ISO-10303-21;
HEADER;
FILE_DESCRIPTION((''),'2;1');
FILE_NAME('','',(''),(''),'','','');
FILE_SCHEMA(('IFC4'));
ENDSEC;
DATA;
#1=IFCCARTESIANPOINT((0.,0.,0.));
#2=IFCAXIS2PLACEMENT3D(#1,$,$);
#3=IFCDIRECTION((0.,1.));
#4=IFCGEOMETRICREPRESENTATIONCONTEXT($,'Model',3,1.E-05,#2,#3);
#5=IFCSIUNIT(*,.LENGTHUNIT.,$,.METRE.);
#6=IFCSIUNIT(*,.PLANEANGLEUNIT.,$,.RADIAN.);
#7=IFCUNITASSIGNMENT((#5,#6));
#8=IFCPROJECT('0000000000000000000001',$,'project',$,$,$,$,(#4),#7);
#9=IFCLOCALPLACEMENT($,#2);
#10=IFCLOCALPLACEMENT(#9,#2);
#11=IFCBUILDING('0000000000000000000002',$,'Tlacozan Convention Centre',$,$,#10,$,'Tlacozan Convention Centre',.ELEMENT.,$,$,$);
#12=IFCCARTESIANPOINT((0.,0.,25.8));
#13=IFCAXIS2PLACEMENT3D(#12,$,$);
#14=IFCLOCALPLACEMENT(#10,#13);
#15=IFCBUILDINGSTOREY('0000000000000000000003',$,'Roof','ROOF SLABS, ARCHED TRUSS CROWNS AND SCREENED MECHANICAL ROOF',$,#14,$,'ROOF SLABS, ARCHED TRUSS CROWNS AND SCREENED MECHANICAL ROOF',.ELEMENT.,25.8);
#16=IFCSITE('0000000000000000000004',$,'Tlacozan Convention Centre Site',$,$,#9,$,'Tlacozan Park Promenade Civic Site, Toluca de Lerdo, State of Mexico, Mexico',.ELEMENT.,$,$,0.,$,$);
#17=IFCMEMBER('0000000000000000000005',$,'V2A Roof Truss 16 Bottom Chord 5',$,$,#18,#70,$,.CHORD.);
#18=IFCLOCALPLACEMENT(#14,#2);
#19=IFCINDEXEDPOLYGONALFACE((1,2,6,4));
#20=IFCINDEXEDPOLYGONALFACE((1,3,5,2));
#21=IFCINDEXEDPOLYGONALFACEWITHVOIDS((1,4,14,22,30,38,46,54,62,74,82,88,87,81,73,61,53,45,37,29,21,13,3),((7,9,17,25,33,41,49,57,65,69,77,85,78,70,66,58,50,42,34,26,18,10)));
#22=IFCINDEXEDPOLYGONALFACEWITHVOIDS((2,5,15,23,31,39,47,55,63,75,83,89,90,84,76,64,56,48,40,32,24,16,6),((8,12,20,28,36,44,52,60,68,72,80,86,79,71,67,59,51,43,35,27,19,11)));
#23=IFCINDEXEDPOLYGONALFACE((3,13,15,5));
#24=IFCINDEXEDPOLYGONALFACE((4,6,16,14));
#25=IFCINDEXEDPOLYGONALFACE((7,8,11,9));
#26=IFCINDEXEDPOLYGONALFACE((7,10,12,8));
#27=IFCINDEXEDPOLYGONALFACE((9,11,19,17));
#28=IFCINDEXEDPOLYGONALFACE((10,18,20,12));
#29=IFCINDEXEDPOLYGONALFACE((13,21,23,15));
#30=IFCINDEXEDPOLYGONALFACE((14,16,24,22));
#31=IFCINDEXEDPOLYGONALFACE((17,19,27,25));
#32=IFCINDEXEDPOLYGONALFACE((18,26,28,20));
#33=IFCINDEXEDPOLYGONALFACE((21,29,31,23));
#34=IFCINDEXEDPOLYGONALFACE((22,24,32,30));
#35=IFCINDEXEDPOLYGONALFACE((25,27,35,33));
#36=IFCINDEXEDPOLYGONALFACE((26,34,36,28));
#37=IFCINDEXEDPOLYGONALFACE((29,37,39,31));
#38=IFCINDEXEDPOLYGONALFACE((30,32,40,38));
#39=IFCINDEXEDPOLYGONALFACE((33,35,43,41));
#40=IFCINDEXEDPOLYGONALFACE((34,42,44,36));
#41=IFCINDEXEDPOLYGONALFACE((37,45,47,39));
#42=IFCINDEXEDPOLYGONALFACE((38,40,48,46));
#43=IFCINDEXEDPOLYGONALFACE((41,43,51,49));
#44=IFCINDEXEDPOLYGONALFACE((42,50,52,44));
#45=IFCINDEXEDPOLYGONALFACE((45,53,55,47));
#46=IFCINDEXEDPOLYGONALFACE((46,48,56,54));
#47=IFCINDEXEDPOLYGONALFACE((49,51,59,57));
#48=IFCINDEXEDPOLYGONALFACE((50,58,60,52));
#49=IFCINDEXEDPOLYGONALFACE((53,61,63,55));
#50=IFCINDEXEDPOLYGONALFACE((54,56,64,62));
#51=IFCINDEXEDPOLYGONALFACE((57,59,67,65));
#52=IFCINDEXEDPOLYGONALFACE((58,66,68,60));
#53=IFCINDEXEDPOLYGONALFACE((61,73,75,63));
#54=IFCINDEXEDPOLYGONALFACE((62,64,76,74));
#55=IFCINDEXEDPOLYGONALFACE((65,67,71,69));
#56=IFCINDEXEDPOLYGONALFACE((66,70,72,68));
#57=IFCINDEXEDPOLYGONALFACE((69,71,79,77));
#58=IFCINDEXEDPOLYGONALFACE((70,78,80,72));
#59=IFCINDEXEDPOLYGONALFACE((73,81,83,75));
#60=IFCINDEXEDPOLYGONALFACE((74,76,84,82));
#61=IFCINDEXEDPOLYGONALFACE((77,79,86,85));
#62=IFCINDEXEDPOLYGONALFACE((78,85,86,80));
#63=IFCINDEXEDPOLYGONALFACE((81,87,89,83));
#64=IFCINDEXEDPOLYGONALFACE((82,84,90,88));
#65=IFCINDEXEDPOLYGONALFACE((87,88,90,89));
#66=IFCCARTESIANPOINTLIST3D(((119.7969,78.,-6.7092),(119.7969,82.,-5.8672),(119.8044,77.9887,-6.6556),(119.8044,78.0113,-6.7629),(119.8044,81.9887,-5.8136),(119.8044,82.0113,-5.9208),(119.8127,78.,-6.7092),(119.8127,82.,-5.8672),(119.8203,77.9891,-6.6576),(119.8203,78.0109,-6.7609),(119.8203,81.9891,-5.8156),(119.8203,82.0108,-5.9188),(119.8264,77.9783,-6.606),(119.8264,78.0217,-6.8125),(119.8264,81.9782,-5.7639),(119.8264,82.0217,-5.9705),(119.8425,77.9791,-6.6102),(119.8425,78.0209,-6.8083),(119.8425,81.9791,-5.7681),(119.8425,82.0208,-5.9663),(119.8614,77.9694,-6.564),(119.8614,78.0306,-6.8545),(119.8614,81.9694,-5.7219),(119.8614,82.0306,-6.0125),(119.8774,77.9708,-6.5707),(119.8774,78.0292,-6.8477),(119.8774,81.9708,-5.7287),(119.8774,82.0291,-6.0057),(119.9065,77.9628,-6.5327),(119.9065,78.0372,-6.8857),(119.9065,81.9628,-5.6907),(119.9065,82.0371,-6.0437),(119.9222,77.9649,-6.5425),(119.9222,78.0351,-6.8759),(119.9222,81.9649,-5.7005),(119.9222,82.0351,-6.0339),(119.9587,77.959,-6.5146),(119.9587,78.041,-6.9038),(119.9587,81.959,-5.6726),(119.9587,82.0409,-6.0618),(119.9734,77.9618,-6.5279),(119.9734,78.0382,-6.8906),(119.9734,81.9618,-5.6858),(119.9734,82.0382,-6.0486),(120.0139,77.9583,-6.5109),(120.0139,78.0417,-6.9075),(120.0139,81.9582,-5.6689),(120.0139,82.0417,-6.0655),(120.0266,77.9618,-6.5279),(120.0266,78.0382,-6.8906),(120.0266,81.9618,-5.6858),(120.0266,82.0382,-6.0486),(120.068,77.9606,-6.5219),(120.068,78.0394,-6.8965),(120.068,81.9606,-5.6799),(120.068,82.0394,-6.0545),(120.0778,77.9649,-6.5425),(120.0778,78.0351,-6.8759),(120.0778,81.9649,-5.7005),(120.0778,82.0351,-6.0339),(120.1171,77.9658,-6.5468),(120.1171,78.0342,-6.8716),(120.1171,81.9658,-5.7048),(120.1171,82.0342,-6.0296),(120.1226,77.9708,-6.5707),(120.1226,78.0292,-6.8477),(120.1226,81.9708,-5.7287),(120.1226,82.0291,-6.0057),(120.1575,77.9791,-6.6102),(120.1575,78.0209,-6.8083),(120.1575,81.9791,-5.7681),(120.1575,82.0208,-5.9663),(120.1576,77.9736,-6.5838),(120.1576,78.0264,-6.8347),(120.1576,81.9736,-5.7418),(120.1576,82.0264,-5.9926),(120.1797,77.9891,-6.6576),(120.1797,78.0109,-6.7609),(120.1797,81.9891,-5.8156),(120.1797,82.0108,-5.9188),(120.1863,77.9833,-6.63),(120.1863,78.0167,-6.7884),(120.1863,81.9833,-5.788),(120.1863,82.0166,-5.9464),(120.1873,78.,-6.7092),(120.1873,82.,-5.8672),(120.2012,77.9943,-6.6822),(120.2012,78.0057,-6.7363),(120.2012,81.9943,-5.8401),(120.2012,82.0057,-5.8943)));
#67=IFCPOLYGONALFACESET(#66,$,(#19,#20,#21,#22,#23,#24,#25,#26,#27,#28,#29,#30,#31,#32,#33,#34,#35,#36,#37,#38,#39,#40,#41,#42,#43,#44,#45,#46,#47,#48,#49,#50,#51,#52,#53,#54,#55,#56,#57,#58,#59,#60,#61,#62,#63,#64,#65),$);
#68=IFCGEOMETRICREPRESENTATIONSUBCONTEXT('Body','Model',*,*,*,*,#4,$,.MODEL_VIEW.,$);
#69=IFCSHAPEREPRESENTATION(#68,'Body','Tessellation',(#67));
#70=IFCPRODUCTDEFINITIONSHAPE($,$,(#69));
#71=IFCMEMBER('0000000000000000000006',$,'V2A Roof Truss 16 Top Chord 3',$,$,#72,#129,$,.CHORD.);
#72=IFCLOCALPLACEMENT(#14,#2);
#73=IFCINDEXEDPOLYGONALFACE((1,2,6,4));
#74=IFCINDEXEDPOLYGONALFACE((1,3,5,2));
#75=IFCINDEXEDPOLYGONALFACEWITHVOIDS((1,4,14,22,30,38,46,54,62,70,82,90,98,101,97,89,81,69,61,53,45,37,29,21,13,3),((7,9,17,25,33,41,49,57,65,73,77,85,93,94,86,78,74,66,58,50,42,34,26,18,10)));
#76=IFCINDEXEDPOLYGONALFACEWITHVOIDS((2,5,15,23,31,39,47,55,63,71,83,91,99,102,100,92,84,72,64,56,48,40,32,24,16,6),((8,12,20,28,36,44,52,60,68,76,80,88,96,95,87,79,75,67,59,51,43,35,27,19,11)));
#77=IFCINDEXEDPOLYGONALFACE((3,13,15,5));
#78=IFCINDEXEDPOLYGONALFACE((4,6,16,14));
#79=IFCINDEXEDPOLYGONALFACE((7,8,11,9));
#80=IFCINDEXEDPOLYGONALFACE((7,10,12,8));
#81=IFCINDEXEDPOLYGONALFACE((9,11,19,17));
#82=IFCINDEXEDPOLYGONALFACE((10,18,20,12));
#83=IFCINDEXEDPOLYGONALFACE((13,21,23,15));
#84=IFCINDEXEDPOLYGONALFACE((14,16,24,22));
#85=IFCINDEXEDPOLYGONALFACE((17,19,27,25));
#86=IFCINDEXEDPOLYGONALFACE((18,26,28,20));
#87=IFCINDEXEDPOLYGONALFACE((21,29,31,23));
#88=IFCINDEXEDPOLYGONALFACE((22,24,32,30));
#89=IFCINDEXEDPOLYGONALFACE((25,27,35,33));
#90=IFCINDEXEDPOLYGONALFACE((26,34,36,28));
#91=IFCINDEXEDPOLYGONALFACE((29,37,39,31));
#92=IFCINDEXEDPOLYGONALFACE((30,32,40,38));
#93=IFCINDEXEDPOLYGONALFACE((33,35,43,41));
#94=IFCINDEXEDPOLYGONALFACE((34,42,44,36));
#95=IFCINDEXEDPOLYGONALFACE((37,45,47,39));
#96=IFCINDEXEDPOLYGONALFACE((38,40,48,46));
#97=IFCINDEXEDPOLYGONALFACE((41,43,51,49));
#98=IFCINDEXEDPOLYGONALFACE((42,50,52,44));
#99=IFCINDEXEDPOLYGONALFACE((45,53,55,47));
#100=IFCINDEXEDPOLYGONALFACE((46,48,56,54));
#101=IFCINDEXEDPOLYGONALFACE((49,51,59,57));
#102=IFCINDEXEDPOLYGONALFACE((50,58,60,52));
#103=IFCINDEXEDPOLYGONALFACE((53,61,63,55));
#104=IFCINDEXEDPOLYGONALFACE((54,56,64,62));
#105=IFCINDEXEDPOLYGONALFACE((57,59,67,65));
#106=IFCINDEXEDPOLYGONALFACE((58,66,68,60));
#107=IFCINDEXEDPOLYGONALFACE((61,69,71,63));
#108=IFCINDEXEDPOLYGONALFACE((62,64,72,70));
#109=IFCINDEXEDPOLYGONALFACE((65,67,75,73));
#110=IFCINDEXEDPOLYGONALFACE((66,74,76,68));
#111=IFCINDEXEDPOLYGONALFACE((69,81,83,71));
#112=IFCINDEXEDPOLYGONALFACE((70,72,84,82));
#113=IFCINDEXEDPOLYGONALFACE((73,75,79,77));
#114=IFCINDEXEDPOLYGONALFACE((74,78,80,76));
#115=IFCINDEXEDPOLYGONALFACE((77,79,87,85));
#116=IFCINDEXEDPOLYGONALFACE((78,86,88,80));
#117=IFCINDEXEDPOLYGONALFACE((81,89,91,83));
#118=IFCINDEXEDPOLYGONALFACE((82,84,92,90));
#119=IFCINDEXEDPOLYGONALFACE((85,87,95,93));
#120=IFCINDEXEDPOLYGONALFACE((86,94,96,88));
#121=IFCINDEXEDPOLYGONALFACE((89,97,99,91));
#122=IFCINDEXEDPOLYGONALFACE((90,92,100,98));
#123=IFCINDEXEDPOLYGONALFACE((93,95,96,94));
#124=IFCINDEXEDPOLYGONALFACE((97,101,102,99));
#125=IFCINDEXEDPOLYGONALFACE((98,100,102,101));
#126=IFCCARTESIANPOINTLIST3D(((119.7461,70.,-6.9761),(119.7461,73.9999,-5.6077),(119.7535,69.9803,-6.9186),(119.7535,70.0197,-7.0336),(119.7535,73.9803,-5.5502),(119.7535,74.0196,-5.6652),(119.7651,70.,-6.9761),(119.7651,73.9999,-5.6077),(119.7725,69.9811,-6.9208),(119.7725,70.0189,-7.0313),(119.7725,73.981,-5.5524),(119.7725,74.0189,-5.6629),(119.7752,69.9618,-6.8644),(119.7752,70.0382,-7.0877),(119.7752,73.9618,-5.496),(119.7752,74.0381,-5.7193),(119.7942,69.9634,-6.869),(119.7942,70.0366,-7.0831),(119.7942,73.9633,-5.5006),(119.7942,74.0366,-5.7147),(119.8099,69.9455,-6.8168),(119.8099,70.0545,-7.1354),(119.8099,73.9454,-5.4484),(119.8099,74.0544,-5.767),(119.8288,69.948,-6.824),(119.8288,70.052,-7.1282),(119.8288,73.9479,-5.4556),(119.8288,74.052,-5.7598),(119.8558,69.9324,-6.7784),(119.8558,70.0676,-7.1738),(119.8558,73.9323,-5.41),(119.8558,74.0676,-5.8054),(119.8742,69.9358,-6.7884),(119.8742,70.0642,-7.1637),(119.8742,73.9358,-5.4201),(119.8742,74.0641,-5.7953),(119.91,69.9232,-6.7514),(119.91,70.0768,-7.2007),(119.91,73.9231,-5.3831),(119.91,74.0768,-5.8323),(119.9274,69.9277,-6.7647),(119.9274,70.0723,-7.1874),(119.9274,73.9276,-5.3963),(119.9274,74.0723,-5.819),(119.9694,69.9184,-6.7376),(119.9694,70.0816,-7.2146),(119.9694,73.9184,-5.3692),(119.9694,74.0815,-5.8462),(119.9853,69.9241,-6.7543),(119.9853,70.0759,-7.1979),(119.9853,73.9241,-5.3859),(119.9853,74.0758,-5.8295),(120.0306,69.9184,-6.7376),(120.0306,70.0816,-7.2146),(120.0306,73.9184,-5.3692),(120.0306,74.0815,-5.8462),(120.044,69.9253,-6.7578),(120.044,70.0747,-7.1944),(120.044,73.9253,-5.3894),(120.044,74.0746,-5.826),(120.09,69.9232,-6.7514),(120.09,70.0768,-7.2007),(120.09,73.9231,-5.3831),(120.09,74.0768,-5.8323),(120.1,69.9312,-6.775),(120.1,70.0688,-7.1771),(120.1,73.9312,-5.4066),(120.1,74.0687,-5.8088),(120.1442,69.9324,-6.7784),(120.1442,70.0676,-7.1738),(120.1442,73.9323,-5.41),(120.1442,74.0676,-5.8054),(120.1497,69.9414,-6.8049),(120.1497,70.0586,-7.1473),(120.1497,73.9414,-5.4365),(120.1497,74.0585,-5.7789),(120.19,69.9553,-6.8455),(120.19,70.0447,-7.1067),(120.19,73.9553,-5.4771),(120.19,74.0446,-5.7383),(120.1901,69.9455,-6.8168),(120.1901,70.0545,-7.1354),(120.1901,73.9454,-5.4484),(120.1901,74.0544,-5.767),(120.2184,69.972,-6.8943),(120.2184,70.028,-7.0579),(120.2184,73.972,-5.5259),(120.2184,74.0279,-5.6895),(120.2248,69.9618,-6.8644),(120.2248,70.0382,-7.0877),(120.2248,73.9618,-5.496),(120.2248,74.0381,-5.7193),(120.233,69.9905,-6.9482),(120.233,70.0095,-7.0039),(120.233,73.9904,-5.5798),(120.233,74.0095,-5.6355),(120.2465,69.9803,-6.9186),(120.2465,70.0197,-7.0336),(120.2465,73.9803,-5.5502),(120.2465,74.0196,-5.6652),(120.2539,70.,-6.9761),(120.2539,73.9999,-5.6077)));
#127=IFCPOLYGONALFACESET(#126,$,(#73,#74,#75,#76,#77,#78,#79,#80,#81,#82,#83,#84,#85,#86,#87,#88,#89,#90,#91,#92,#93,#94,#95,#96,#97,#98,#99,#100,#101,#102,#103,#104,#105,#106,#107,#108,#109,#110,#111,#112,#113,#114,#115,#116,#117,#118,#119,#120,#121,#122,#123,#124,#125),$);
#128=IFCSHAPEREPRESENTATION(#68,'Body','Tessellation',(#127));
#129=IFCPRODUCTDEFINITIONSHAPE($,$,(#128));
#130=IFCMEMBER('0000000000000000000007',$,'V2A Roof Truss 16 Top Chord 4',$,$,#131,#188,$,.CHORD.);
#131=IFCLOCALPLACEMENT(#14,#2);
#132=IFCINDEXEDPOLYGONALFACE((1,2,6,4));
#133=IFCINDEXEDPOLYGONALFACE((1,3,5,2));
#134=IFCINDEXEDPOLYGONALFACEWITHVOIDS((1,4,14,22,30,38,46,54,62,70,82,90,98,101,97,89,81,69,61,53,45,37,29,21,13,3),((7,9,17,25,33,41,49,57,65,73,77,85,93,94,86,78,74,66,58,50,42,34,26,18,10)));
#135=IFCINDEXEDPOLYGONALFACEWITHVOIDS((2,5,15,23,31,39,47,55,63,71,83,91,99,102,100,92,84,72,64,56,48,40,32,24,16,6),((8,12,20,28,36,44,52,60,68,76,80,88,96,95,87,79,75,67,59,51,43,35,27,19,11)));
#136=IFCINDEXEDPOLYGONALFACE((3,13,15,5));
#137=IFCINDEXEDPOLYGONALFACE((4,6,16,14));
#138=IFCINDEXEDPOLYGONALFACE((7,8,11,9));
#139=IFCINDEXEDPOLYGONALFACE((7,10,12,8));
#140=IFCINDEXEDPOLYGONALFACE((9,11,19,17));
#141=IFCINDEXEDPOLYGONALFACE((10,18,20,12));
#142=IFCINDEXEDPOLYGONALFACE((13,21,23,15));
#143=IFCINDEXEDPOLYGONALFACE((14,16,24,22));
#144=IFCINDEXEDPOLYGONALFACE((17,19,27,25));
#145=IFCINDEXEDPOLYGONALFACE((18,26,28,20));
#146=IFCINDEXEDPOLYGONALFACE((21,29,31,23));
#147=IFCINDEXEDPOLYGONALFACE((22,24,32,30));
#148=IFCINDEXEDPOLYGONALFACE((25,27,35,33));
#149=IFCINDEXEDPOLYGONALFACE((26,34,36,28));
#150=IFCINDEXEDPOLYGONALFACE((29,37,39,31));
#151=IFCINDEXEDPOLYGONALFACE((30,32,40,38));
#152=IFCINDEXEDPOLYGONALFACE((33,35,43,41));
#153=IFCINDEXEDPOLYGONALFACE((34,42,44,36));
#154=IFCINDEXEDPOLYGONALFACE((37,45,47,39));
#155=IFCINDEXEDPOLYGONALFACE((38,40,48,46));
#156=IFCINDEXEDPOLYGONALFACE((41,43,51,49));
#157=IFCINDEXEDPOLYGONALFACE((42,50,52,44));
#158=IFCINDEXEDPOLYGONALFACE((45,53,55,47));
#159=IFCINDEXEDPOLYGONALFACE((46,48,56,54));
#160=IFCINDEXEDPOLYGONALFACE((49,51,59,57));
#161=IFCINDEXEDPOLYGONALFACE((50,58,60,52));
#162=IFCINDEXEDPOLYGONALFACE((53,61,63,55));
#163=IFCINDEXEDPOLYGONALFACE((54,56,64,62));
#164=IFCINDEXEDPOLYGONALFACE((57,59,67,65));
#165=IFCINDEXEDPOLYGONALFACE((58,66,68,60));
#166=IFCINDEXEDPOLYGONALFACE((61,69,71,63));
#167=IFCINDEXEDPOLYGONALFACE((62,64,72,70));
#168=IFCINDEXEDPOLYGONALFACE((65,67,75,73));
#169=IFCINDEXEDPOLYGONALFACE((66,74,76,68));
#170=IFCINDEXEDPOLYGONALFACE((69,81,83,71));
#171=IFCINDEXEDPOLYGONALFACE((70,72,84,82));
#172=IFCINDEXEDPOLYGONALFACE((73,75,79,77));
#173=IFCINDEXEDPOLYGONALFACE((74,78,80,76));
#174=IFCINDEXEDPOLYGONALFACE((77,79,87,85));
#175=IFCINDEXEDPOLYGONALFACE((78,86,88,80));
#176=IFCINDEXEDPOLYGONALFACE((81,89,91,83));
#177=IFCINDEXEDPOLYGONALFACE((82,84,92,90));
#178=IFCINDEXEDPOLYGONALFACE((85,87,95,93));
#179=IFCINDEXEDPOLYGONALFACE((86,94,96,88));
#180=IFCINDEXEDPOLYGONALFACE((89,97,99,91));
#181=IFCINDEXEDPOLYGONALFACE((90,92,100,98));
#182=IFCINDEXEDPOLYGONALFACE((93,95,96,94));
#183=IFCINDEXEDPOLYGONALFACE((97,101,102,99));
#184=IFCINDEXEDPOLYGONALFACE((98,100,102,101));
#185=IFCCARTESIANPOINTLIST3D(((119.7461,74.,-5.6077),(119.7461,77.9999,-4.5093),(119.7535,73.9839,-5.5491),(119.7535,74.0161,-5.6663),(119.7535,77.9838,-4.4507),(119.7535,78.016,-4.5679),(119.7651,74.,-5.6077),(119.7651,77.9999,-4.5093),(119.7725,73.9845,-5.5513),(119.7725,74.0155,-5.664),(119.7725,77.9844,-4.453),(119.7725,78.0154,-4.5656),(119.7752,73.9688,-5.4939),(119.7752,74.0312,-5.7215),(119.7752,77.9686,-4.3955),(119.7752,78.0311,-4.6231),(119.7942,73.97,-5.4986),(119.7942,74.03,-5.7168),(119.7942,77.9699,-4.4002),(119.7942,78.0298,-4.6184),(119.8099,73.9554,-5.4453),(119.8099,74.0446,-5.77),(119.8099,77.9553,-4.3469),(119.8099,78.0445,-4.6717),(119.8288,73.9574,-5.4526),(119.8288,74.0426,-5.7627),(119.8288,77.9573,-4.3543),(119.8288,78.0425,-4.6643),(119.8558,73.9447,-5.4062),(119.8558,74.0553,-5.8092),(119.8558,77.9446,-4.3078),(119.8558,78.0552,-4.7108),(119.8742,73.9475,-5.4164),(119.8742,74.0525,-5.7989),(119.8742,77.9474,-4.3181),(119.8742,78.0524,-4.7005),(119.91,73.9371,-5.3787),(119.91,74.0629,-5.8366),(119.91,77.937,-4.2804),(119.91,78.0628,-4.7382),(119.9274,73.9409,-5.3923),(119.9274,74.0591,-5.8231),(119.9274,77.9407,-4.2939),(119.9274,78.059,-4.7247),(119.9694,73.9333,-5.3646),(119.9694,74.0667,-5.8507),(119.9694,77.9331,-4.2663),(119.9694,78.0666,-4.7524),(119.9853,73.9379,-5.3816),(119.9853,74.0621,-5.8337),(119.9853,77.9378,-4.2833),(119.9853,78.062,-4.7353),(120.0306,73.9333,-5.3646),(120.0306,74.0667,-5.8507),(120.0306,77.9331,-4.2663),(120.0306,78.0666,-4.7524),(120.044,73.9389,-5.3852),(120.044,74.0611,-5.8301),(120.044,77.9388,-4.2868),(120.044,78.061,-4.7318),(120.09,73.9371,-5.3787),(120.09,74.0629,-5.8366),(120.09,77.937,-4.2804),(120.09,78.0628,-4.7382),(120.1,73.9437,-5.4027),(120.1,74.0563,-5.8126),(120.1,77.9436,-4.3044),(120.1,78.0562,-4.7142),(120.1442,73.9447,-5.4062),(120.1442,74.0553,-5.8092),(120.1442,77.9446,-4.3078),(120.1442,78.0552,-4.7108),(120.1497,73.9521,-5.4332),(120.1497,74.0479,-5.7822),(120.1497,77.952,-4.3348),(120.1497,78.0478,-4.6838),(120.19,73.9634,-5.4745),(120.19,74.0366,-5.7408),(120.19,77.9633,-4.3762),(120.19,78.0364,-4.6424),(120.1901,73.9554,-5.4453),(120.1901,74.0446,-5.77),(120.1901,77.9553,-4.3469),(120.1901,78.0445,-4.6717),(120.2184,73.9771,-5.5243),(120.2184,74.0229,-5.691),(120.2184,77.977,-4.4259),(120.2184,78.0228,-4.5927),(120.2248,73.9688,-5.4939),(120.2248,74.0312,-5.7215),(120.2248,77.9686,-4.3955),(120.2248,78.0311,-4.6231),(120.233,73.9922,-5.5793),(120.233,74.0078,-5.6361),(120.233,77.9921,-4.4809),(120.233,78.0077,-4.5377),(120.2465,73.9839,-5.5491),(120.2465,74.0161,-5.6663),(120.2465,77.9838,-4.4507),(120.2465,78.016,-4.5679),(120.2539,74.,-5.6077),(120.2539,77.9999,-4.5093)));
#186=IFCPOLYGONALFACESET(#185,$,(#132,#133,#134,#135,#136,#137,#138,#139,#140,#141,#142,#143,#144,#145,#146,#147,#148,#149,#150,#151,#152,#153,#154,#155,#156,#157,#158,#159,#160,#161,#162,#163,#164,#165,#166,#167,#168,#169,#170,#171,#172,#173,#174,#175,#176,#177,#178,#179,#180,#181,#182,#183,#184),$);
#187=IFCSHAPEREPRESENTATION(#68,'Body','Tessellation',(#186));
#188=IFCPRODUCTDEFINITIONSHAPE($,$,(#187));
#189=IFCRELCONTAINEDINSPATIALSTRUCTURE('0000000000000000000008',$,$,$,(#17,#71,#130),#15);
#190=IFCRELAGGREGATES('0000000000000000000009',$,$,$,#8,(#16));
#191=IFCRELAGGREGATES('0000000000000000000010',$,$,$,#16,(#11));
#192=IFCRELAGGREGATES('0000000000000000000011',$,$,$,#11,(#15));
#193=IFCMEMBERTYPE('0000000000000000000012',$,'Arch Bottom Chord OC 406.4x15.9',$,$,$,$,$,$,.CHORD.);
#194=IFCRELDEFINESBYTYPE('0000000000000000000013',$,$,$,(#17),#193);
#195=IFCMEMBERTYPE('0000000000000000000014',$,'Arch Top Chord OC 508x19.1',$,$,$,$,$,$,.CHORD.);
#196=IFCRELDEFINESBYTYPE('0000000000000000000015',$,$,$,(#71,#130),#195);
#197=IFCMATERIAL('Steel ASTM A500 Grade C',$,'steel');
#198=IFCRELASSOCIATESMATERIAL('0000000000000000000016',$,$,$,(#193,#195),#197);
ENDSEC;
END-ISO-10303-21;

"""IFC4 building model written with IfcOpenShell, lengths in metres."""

from ifc_helpers import new_model, si_unit, direction, frame, origin, origin_2d, place, context, subcontext, project, spatial, hollow_circle, extrude, material, material_profile, profile_set, type_object, element, save


model = new_model("IFC4")

# Units and contexts
model_context = context("Model", 3, precision=1e-05, world=origin(), true_north=direction((0.0, 1.0)))
body_context = subcontext(model_context, "Body", "Model", "MODEL_VIEW")
ifc_project = project(units=[si_unit("LENGTHUNIT", "METRE"), si_unit("PLANEANGLEUNIT", "RADIAN")], contexts=[model_context])

# Site, building, storey
site_placement = place(None, origin())
site = spatial("IfcSite", under=ifc_project, at=site_placement, Name="Tlacozan Convention Centre Site", LongName="Tlacozan Park Promenade Civic Site, Toluca de Lerdo, State of Mexico, Mexico", CompositionType="ELEMENT", RefElevation=0.0)
building_placement = place(site_placement, origin())
building = spatial("IfcBuilding", under=site, at=building_placement, Name="Tlacozan Convention Centre", LongName="Tlacozan Convention Centre", CompositionType="ELEMENT")
storey_placement = place(building_placement, frame((0.0, 0.0, 25.8)))
storey = spatial("IfcBuildingStorey", under=building, at=storey_placement, Name="Roof", Description="ROOF SLABS, ARCHED TRUSS CROWNS AND SCREENED MECHANICAL ROOF", LongName="ROOF SLABS, ARCHED TRUSS CROWNS AND SCREENED MECHANICAL ROOF", CompositionType="ELEMENT", Elevation=25.8)

# Members
ifc_material_1 = material(Name="Steel ASTM A500 Grade C", Category="steel")
ifc_material_profile_1 = material_profile(ifc_material_1, hollow_circle(Radius=0.2031, WallThickness=0.0159, at=origin_2d()), Name="OC 406.4x15.9")
ifc_profile_set_1 = profile_set([ifc_material_profile_1], Name="Steel ASTM A500 Grade C")
member_type_1 = type_object("IfcMemberType", Name="Arch Bottom Chord OC 406.4x15.9", PredefinedType="CHORD", material=ifc_profile_set_1)
member_1_placement = place(storey_placement, frame((120.0, 78.0, -6.7092), z_axis=(0.0, 0.978553, 0.205995), x_axis=(-1.0, 0.0, 0.0)))
element("IfcMember", 1, at=member_1_placement, inside=storey, type_object=member_type_1, Name="V2A Roof Truss 16 Bottom Chord 5", PredefinedType="CHORD", context=body_context, shape_type="SweptSolid", body=[
    extrude(hollow_circle(Radius=0.2031, WallThickness=0.0159, at=origin_2d()), origin(), (0.0, 0.0, 1.0), 4.0876),
])
ifc_material_profile_2 = material_profile(ifc_material_1, hollow_circle(Radius=0.2539, WallThickness=0.019, at=origin_2d()), Name="OC 508.0x19.1")
ifc_profile_set_2 = profile_set([ifc_material_profile_2], Name="Steel ASTM A500 Grade C")
member_type_2 = type_object("IfcMemberType", Name="Arch Top Chord OC 508x19.1", PredefinedType="CHORD", material=ifc_profile_set_2)
member_2_placement = place(storey_placement, frame((120.0, 70.0, -6.9761), z_axis=(0.0, 0.946165, 0.323685), x_axis=(-1.0, 0.0, 0.0)))
element("IfcMember", 2, at=member_2_placement, inside=storey, type_object=member_type_2, Name="V2A Roof Truss 16 Top Chord 3", PredefinedType="CHORD", context=body_context, shape_type="SweptSolid", body=[
    extrude(hollow_circle(Radius=0.2539, WallThickness=0.019, at=origin_2d()), origin(), (0.0, 0.0, 1.0), 4.2275),
])
member_3_placement = place(storey_placement, frame((120.0, 74.0, -5.6077), z_axis=(0.0, 0.964305, 0.264795), x_axis=(-1.0, 0.0, 0.0)))
element("IfcMember", 3, at=member_3_placement, inside=storey, type_object=member_type_2, Name="V2A Roof Truss 16 Top Chord 4", PredefinedType="CHORD", context=body_context, shape_type="SweptSolid", body=[
    extrude(hollow_circle(Radius=0.2539, WallThickness=0.019, at=origin_2d()), origin(), (0.0, 0.0, 1.0), 4.1479),
])

save(model, "model.ifc")
